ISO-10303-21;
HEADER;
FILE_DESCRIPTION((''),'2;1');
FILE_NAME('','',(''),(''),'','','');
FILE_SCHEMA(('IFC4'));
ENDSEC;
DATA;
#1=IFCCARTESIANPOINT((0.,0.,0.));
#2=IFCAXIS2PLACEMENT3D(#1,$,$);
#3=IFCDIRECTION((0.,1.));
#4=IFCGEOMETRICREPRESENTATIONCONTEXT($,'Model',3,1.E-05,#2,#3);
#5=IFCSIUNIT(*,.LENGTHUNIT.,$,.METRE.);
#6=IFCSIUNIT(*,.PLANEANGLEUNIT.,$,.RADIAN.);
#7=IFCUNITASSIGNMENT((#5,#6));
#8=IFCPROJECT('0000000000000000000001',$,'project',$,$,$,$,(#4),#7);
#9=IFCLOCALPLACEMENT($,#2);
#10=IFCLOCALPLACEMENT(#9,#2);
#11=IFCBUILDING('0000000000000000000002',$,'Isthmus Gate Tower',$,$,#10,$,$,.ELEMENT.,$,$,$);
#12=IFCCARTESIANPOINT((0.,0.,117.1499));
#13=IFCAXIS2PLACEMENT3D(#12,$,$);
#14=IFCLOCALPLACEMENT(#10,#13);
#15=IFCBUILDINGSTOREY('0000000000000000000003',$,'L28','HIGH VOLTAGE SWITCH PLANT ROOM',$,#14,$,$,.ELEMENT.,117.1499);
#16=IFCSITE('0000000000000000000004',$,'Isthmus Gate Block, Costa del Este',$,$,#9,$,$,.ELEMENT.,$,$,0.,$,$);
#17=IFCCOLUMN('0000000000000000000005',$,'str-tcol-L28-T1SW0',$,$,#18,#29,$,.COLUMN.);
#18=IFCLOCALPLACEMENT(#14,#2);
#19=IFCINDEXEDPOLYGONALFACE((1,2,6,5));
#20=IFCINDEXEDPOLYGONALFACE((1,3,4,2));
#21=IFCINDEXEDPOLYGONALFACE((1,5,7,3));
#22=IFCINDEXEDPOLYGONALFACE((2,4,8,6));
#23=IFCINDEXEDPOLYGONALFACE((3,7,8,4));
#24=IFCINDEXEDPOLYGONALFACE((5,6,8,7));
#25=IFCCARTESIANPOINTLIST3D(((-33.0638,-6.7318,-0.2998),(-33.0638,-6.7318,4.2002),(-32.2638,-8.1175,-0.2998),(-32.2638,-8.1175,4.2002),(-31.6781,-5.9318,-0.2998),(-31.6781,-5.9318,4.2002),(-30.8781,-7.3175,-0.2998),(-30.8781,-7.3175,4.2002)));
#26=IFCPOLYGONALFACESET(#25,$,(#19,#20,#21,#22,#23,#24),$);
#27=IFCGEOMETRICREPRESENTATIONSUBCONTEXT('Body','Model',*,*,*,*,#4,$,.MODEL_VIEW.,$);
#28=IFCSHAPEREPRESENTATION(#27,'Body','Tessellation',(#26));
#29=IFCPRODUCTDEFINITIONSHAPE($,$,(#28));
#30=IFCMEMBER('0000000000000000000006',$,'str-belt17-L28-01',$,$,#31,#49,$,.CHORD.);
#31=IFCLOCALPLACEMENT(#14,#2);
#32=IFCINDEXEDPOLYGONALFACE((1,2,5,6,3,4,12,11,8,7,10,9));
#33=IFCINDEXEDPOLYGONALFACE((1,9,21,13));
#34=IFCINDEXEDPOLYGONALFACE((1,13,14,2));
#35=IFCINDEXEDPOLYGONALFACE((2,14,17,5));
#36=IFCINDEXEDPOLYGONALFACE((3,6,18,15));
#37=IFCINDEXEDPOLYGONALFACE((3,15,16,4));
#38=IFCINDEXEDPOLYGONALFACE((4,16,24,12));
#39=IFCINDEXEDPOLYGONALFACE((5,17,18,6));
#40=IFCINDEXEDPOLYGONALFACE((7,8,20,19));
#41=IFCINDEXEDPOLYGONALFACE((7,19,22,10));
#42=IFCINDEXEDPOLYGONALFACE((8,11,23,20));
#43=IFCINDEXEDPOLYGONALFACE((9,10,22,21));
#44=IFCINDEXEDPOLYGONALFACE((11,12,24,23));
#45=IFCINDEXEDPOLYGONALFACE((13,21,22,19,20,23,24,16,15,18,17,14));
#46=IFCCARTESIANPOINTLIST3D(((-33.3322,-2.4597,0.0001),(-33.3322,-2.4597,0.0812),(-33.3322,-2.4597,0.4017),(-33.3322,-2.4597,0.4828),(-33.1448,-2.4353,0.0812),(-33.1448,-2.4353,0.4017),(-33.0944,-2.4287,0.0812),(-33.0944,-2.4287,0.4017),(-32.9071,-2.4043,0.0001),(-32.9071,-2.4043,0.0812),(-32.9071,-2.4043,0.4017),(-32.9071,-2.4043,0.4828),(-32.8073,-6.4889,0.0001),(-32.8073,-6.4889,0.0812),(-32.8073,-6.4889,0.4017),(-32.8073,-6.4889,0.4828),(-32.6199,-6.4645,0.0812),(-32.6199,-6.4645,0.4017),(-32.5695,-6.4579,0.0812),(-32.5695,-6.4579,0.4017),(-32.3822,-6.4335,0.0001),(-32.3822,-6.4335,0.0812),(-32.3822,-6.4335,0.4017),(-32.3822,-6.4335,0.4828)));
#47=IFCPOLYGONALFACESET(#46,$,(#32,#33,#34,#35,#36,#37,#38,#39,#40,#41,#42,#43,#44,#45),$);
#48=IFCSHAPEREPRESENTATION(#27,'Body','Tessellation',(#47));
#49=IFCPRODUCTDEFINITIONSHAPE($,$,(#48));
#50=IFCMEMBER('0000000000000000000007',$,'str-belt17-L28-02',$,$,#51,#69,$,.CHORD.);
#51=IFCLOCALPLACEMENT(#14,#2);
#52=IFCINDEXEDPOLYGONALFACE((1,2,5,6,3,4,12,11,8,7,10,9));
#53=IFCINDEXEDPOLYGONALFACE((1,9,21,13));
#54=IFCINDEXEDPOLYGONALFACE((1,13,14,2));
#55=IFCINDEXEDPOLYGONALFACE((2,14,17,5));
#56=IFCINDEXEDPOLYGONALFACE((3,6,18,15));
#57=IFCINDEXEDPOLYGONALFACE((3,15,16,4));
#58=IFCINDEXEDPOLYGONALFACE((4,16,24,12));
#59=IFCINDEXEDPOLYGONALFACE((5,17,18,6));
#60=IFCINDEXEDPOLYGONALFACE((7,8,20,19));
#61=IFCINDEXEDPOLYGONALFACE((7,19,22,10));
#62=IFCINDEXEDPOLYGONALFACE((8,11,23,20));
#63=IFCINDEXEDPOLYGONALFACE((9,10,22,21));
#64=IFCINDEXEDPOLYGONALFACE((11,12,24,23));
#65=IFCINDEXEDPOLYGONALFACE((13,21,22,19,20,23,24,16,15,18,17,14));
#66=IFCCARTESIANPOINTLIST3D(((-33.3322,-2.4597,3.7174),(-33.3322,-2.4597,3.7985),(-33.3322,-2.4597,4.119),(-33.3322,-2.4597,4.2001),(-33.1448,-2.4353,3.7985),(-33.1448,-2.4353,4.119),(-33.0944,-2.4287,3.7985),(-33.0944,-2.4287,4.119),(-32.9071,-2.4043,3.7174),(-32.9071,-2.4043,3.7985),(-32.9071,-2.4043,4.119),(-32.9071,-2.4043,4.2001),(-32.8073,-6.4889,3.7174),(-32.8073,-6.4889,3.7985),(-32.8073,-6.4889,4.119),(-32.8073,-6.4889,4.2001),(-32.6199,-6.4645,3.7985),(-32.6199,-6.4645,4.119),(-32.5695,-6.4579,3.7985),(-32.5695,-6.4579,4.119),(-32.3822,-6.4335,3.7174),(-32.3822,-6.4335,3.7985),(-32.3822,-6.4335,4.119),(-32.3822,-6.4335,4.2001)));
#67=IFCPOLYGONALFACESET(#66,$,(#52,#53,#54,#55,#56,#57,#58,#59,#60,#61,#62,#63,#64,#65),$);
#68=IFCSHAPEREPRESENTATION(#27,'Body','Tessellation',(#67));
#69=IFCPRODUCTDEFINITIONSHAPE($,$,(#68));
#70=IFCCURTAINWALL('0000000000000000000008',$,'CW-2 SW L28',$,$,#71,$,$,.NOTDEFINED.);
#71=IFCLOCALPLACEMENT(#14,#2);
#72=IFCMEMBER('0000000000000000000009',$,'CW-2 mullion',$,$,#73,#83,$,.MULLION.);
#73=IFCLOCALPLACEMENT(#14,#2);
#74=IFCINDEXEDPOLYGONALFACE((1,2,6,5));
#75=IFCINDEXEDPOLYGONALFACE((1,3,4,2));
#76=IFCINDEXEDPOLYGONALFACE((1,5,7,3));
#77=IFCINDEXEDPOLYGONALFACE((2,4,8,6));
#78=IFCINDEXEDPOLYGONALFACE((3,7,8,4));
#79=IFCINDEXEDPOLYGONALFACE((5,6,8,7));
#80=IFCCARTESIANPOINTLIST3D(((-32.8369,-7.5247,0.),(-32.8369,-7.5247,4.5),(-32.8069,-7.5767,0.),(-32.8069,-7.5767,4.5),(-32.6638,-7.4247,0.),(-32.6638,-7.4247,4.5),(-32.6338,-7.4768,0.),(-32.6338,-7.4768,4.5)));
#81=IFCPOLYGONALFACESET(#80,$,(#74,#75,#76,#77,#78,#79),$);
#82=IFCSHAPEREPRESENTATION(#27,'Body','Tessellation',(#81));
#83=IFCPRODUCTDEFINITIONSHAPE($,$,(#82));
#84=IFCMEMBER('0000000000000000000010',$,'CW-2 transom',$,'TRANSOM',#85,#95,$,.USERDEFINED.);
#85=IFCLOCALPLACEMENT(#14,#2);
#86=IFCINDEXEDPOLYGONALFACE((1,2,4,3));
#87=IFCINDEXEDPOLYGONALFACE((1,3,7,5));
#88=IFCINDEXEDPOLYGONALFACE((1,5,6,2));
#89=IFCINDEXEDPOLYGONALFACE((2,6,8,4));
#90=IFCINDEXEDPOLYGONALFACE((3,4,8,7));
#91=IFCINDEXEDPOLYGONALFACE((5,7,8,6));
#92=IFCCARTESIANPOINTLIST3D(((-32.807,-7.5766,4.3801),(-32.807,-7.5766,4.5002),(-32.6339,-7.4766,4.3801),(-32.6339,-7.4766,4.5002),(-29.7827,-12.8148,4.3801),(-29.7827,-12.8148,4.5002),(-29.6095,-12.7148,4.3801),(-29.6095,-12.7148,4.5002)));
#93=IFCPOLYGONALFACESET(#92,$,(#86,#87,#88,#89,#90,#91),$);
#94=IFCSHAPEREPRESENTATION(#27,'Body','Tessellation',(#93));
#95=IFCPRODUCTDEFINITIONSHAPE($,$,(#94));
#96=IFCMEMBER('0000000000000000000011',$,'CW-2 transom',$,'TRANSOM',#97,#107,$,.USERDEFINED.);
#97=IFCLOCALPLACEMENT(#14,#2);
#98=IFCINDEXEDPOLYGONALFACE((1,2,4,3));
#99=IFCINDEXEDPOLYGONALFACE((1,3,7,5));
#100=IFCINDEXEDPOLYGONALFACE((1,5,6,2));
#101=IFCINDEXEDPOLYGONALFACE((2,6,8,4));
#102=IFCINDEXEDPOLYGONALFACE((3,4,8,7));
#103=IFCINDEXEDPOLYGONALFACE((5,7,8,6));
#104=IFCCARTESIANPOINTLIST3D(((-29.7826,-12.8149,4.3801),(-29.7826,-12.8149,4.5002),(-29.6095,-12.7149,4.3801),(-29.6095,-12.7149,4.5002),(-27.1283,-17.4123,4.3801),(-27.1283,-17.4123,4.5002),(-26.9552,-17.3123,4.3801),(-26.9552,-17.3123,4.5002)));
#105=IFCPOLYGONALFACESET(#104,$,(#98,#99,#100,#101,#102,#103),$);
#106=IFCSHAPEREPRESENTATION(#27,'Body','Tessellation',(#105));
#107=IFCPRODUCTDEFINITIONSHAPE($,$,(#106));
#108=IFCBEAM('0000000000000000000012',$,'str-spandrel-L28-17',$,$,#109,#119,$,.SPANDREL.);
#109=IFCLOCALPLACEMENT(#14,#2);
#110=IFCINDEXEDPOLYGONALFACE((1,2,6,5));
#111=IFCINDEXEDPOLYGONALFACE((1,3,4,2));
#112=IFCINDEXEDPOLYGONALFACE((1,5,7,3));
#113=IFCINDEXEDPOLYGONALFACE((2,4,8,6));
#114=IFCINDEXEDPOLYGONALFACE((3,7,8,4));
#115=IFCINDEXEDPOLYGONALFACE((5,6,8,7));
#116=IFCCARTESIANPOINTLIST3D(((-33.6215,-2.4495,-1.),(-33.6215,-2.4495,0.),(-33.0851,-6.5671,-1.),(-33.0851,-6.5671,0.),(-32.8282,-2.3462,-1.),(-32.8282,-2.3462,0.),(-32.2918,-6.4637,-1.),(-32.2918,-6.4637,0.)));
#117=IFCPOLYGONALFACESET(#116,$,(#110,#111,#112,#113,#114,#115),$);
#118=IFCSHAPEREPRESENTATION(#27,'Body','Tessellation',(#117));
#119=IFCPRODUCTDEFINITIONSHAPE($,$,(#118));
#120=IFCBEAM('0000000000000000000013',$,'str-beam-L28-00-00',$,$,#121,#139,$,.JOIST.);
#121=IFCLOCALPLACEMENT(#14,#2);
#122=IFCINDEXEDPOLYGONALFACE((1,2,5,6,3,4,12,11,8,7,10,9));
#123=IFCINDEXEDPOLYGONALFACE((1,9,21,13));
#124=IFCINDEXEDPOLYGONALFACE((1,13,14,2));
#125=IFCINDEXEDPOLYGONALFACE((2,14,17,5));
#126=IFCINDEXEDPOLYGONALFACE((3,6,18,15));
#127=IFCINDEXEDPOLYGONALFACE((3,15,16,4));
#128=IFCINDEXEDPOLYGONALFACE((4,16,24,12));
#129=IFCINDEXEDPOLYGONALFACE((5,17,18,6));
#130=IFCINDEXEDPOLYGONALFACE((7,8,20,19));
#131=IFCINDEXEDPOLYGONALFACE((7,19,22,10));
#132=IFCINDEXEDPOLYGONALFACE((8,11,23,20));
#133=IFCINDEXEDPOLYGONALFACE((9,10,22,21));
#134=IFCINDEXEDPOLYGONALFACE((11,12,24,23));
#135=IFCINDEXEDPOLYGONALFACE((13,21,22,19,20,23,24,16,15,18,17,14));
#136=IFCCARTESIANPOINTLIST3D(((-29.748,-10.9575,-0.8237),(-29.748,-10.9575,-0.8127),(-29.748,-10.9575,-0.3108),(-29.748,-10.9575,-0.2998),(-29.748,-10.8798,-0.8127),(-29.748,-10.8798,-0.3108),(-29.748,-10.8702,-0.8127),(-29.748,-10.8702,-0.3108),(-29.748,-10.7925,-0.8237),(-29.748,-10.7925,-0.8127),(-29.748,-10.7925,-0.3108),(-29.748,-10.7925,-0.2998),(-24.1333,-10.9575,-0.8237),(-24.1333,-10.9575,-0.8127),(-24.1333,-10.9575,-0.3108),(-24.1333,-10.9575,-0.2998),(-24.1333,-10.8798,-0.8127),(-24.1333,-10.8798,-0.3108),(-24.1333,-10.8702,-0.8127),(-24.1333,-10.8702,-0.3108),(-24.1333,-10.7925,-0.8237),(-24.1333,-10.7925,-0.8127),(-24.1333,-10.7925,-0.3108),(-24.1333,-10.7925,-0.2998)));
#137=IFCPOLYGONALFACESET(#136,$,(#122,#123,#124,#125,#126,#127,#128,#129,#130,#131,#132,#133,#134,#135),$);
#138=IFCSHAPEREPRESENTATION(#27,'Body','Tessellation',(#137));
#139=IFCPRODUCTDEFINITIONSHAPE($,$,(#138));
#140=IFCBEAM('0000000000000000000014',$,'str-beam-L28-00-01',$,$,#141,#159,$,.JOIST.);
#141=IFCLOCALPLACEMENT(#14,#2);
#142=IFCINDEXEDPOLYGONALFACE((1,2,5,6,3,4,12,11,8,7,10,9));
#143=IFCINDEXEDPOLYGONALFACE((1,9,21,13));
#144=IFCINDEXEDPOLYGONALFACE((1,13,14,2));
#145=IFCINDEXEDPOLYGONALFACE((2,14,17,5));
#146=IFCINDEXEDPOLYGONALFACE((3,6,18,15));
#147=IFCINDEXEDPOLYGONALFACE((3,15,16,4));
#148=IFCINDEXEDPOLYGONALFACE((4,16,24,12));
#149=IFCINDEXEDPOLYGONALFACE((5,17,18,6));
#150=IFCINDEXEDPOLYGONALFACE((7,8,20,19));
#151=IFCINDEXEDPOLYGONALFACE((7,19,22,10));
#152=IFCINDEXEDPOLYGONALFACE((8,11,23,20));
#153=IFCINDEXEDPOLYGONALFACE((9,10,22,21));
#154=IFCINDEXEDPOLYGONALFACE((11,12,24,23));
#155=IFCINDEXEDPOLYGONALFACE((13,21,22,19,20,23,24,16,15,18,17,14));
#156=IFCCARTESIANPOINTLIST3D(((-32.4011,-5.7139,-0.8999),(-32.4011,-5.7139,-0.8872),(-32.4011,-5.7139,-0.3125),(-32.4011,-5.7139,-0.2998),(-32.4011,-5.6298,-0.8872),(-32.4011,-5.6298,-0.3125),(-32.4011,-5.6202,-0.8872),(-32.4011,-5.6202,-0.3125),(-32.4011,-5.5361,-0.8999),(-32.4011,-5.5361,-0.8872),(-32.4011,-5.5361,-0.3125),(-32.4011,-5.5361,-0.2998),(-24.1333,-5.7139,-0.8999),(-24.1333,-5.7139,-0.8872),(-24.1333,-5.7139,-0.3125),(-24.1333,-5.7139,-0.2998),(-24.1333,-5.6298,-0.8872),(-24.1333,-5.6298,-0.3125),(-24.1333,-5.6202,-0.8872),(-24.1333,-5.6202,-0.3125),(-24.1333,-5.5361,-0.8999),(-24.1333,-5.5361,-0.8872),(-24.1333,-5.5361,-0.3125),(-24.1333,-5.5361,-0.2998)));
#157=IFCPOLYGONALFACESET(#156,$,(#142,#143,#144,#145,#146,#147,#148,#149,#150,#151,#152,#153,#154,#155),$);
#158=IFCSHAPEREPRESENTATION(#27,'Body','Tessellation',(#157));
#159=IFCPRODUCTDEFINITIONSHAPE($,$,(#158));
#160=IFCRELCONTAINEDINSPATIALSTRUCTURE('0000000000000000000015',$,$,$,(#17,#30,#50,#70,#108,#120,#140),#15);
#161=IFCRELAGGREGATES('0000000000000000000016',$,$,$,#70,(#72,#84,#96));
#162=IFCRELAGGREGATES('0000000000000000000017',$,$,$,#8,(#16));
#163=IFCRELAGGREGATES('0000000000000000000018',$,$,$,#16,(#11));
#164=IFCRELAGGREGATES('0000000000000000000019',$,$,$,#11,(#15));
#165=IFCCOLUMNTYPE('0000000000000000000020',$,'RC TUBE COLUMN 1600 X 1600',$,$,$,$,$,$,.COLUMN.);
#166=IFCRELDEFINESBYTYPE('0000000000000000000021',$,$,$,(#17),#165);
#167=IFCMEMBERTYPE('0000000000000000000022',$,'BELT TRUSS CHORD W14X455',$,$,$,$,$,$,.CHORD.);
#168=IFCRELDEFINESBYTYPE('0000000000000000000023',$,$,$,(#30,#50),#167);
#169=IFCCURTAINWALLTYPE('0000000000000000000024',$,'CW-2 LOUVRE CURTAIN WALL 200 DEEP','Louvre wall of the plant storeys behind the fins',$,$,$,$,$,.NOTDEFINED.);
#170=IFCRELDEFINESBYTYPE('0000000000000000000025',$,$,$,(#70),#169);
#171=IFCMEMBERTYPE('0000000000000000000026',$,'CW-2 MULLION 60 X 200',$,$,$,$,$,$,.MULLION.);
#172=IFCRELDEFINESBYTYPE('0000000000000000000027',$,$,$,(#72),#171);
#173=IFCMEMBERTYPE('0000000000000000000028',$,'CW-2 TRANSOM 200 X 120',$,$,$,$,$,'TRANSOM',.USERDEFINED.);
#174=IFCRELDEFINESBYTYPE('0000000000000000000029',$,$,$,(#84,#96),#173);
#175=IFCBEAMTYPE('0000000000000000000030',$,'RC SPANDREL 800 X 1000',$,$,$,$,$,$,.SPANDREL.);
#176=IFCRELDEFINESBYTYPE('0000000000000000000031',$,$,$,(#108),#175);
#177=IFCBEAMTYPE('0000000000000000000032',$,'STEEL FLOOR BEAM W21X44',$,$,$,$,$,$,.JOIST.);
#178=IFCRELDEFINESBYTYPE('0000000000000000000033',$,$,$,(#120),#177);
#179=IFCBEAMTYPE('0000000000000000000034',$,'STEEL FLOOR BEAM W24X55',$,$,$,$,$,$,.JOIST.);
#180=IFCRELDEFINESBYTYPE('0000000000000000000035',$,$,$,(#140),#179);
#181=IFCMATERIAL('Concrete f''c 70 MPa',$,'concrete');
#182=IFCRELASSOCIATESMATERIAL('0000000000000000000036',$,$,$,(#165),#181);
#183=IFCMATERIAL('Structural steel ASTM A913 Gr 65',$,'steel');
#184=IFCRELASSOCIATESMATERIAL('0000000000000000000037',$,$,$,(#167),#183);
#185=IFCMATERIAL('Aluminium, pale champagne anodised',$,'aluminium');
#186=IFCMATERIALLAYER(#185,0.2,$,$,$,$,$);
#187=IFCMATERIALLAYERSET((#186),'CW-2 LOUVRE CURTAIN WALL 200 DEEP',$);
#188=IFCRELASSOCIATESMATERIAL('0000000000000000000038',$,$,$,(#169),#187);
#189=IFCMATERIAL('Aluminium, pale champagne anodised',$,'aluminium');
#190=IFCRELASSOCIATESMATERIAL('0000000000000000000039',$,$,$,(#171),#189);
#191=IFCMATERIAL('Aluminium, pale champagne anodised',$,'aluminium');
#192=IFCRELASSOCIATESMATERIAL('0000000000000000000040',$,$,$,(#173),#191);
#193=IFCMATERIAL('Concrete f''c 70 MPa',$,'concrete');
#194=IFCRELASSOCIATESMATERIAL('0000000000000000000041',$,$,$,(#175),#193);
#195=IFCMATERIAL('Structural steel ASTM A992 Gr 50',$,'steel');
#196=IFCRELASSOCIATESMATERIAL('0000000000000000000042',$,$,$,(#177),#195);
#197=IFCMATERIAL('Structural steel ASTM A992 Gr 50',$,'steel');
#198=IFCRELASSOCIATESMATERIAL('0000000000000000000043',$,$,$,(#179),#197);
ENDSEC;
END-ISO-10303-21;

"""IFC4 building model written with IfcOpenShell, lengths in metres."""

from ifc_helpers import new_model, si_unit, direction, frame, origin, origin_2d, place, context, subcontext, project, spatial, rectangle, i_section, extrude, material, layer, layer_set, material_profile, profile_set, type_object, element, aggregate, save


model = new_model("IFC4")

# Units and contexts
model_context = context("Model", 3, precision=1e-05, world=origin(), true_north=direction((0.0, 1.0)))
body_context = subcontext(model_context, "Body", "Model", "MODEL_VIEW")
ifc_project = project(units=[si_unit("LENGTHUNIT", "METRE"), si_unit("PLANEANGLEUNIT", "RADIAN")], contexts=[model_context])

# Site, building, storey
site_placement = place(None, origin())
site = spatial("IfcSite", under=ifc_project, at=site_placement, Name="Isthmus Gate Block, Costa del Este", CompositionType="ELEMENT", RefElevation=0.0)
building_placement = place(site_placement, origin())
building = spatial("IfcBuilding", under=site, at=building_placement, Name="Isthmus Gate Tower", CompositionType="ELEMENT")
storey_placement = place(building_placement, frame((0.0, 0.0, 117.1499)))
storey = spatial("IfcBuildingStorey", under=building, at=storey_placement, Name="L28", Description="HIGH VOLTAGE SWITCH PLANT ROOM", CompositionType="ELEMENT", Elevation=117.1499)

# Column
ifc_material_1 = material(Name="Concrete f'c 70 MPa", Category="concrete")
ifc_material_profile_1 = material_profile(ifc_material_1, rectangle(XDim=1.6001, YDim=1.6001, at=origin_2d()), Name="RC 1600X1600")
ifc_profile_set_1 = profile_set([ifc_material_profile_1], Name="Concrete f'c 70 MPa")
column_type = type_object("IfcColumnType", Name="RC TUBE COLUMN 1600 X 1600", PredefinedType="COLUMN", material=ifc_profile_set_1)
column_placement = place(storey_placement, frame((-31.9709, -7.0247, -0.2998), z_axis=(0.0, 0.0, 1.0), x_axis=(0.5, -0.866025, 0.0)))
element("IfcColumn", 1, at=column_placement, inside=storey, type_object=column_type, Name="str-tcol-L28-T1SW0", PredefinedType="COLUMN", context=body_context, shape_type="SweptSolid", body=[
    extrude(rectangle(XDim=1.6001, YDim=1.6001, at=origin_2d()), origin(), (0.0, 0.0, 1.0), 4.5),
])

# Members
ifc_material_2 = material(Name="Structural steel ASTM A913 Gr 65", Category="steel")
ifc_material_profile_2 = material_profile(ifc_material_2, i_section(OverallWidth=0.4287, OverallDepth=0.4827, WebThickness=0.0508, FlangeThickness=0.0811, at=origin_2d()), Name="W14X455")
ifc_profile_set_2 = profile_set([ifc_material_profile_2], Name="Structural steel ASTM A913 Gr 65")
member_type_1 = type_object("IfcMemberType", Name="BELT TRUSS CHORD W14X455", PredefinedType="CHORD", material=ifc_profile_set_2)
for number, where, z_axis, x_axis, name in (
    (2, (-32.5947, -6.4612, 0.2415), (-0.12918, 0.991621, 0.0), (-0.991621, -0.12918, 0.0), "str-belt17-L28-01"),
    (3, (-32.5947, -6.4612, 3.9587), (-0.12918, 0.991621, 0.0), (-0.991621, -0.12918, 0.0), "str-belt17-L28-02"),
):
    element("IfcMember", number, at=place(storey_placement, frame(where, z_axis=z_axis, x_axis=x_axis)), inside=storey, type_object=member_type_1, Name=name, PredefinedType="CHORD", context=body_context, shape_type="SweptSolid", body=[
        extrude(i_section(OverallWidth=0.4287, OverallDepth=0.4827, WebThickness=0.0508, FlangeThickness=0.0811, at=origin_2d()), origin(), (0.0, 0.0, 1.0), 4.0632),
    ])

# Curtain wall, members
ifc_material_3 = material(Name="Aluminium, pale champagne anodised", Category="aluminium")
ifc_layer_1 = layer(ifc_material_3, 0.2)
ifc_layer_set_1 = layer_set([ifc_layer_1], Name="CW-2 LOUVRE CURTAIN WALL 200 DEEP")
curtain_wall_type = type_object("IfcCurtainWallType", Name="CW-2 LOUVRE CURTAIN WALL 200 DEEP", Description="Louvre wall of the plant storeys behind the fins", PredefinedType="NOTDEFINED", material=ifc_layer_set_1)
curtain_wall_1_placement = place(storey_placement, origin())
curtain_wall_1 = element("IfcCurtainWall", 4, at=curtain_wall_1_placement, inside=storey, type_object=curtain_wall_type, Name="CW-2 SW L28", PredefinedType="NOTDEFINED")
ifc_material_4 = material(Name="Aluminium, pale champagne anodised", Category="aluminium")
ifc_material_profile_3 = material_profile(ifc_material_4, rectangle(XDim=0.0601, YDim=0.2, at=origin_2d()), Name="60x200")
ifc_profile_set_3 = profile_set([ifc_material_profile_3], Name="Aluminium, pale champagne anodised")
member_type_2 = type_object("IfcMemberType", Name="CW-2 MULLION 60 X 200", PredefinedType="MULLION", material=ifc_profile_set_3)
member_1_placement = place(storey_placement, frame((-32.7354, -7.5007, 0.0), z_axis=(0.0, 0.0, 1.0), x_axis=(0.5, -0.866025, 0.0)))
member_1 = element("IfcMember", 5, at=member_1_placement, type_object=member_type_2, Name="CW-2 mullion", PredefinedType="MULLION", context=body_context, shape_type="SweptSolid", body=[
    extrude(rectangle(XDim=0.0601, YDim=0.2, at=origin_2d()), origin(), (0.0, 0.0, 1.0), 4.5),
])
ifc_material_5 = material(Name="Aluminium, pale champagne anodised", Category="aluminium")
ifc_material_profile_4 = material_profile(ifc_material_5, rectangle(XDim=0.2, YDim=0.1201, at=origin_2d()), Name="200x120")
ifc_profile_set_4 = profile_set([ifc_material_profile_4], Name="Aluminium, pale champagne anodised")
member_type_3 = type_object("IfcMemberType", Name="CW-2 TRANSOM 200 X 120", ElementType="TRANSOM", PredefinedType="USERDEFINED", material=ifc_profile_set_4)
member_2_placement = place(storey_placement, frame((-32.7205, -7.5266, 4.4402), z_axis=(0.500011, -0.866019, 0.0), x_axis=(0.866019, 0.500011, 0.0)))
member_2 = element("IfcMember", 6, at=member_2_placement, type_object=member_type_3, Name="CW-2 transom", ObjectType="TRANSOM", PredefinedType="USERDEFINED", context=body_context, shape_type="SweptSolid", body=[
    extrude(rectangle(XDim=0.2, YDim=0.1201, at=origin_2d()), origin(), (0.0, 0.0, 1.0), 6.0486),
])
member_3_placement = place(storey_placement, frame((-29.696, -12.7649, 4.4402), z_axis=(0.499997, -0.866027, 0.0), x_axis=(0.866027, 0.499997, 0.0)))
member_3 = element("IfcMember", 7, at=member_3_placement, type_object=member_type_3, Name="CW-2 transom", ObjectType="TRANSOM", PredefinedType="USERDEFINED", context=body_context, shape_type="SweptSolid", body=[
    extrude(rectangle(XDim=0.2, YDim=0.1201, at=origin_2d()), origin(), (0.0, 0.0, 1.0), 5.3086),
])

# Beams
ifc_material_6 = material(Name="Concrete f'c 70 MPa", Category="concrete")
ifc_material_profile_5 = material_profile(ifc_material_6, rectangle(XDim=0.8, YDim=1.0, at=origin_2d()), Name="RC 800X1000")
ifc_profile_set_5 = profile_set([ifc_material_profile_5], Name="Concrete f'c 70 MPa")
beam_type_1 = type_object("IfcBeamType", Name="RC SPANDREL 800 X 1000", PredefinedType="SPANDREL", material=ifc_profile_set_5)
beam_1_placement = place(storey_placement, frame((-32.6885, -6.5154, -0.5), z_axis=(-0.129171, 0.991622, 0.0), x_axis=(-0.991622, -0.129171, 0.0)))
element("IfcBeam", 8, at=beam_1_placement, inside=storey, type_object=beam_type_1, Name="str-spandrel-L28-17", PredefinedType="SPANDREL", context=body_context, shape_type="SweptSolid", body=[
    extrude(rectangle(XDim=0.8, YDim=1.0, at=origin_2d()), origin(), (0.0, 0.0, 1.0), 4.1523),
])
ifc_material_7 = material(Name="Structural steel ASTM A992 Gr 50", Category="steel")
ifc_material_profile_6 = material_profile(ifc_material_7, i_section(OverallWidth=0.165, OverallDepth=0.5239, WebThickness=0.0095, FlangeThickness=0.011, at=origin_2d()), Name="W21X44")
ifc_profile_set_6 = profile_set([ifc_material_profile_6], Name="Structural steel ASTM A992 Gr 50")
beam_type_2 = type_object("IfcBeamType", Name="STEEL FLOOR BEAM W21X44", PredefinedType="JOIST", material=ifc_profile_set_6)
beam_2_placement = place(storey_placement, frame((-29.748, -10.875, -0.5618), z_axis=(1.0, 0.0, 0.0), x_axis=(0.0, 1.0, 0.0)))
element("IfcBeam", 9, at=beam_2_placement, inside=storey, type_object=beam_type_2, Name="str-beam-L28-00-00", PredefinedType="JOIST", context=body_context, shape_type="SweptSolid", body=[
    extrude(i_section(OverallWidth=0.165, OverallDepth=0.5239, WebThickness=0.0095, FlangeThickness=0.011, at=origin_2d()), origin(), (0.0, 0.0, 1.0), 5.6147),
])
ifc_material_8 = material(Name="Structural steel ASTM A992 Gr 50", Category="steel")
ifc_material_profile_7 = material_profile(ifc_material_8, i_section(OverallWidth=0.1777, OverallDepth=0.6001, WebThickness=0.0095, FlangeThickness=0.0127, at=origin_2d()), Name="W24X55")
ifc_profile_set_7 = profile_set([ifc_material_profile_7], Name="Structural steel ASTM A992 Gr 50")
beam_type_3 = type_object("IfcBeamType", Name="STEEL FLOOR BEAM W24X55", PredefinedType="JOIST", material=ifc_profile_set_7)
beam_3_placement = place(storey_placement, frame((-32.4011, -5.625, -0.5999), z_axis=(1.0, 0.0, 0.0), x_axis=(0.0, 1.0, 0.0)))
element("IfcBeam", 10, at=beam_3_placement, inside=storey, type_object=beam_type_3, Name="str-beam-L28-00-01", PredefinedType="JOIST", context=body_context, shape_type="SweptSolid", body=[
    extrude(i_section(OverallWidth=0.1777, OverallDepth=0.6001, WebThickness=0.0095, FlangeThickness=0.0127, at=origin_2d()), origin(), (0.0, 0.0, 1.0), 8.2678),
])

aggregate(curtain_wall_1, [member_1, member_2, member_3])

save(model, "model.ifc")
